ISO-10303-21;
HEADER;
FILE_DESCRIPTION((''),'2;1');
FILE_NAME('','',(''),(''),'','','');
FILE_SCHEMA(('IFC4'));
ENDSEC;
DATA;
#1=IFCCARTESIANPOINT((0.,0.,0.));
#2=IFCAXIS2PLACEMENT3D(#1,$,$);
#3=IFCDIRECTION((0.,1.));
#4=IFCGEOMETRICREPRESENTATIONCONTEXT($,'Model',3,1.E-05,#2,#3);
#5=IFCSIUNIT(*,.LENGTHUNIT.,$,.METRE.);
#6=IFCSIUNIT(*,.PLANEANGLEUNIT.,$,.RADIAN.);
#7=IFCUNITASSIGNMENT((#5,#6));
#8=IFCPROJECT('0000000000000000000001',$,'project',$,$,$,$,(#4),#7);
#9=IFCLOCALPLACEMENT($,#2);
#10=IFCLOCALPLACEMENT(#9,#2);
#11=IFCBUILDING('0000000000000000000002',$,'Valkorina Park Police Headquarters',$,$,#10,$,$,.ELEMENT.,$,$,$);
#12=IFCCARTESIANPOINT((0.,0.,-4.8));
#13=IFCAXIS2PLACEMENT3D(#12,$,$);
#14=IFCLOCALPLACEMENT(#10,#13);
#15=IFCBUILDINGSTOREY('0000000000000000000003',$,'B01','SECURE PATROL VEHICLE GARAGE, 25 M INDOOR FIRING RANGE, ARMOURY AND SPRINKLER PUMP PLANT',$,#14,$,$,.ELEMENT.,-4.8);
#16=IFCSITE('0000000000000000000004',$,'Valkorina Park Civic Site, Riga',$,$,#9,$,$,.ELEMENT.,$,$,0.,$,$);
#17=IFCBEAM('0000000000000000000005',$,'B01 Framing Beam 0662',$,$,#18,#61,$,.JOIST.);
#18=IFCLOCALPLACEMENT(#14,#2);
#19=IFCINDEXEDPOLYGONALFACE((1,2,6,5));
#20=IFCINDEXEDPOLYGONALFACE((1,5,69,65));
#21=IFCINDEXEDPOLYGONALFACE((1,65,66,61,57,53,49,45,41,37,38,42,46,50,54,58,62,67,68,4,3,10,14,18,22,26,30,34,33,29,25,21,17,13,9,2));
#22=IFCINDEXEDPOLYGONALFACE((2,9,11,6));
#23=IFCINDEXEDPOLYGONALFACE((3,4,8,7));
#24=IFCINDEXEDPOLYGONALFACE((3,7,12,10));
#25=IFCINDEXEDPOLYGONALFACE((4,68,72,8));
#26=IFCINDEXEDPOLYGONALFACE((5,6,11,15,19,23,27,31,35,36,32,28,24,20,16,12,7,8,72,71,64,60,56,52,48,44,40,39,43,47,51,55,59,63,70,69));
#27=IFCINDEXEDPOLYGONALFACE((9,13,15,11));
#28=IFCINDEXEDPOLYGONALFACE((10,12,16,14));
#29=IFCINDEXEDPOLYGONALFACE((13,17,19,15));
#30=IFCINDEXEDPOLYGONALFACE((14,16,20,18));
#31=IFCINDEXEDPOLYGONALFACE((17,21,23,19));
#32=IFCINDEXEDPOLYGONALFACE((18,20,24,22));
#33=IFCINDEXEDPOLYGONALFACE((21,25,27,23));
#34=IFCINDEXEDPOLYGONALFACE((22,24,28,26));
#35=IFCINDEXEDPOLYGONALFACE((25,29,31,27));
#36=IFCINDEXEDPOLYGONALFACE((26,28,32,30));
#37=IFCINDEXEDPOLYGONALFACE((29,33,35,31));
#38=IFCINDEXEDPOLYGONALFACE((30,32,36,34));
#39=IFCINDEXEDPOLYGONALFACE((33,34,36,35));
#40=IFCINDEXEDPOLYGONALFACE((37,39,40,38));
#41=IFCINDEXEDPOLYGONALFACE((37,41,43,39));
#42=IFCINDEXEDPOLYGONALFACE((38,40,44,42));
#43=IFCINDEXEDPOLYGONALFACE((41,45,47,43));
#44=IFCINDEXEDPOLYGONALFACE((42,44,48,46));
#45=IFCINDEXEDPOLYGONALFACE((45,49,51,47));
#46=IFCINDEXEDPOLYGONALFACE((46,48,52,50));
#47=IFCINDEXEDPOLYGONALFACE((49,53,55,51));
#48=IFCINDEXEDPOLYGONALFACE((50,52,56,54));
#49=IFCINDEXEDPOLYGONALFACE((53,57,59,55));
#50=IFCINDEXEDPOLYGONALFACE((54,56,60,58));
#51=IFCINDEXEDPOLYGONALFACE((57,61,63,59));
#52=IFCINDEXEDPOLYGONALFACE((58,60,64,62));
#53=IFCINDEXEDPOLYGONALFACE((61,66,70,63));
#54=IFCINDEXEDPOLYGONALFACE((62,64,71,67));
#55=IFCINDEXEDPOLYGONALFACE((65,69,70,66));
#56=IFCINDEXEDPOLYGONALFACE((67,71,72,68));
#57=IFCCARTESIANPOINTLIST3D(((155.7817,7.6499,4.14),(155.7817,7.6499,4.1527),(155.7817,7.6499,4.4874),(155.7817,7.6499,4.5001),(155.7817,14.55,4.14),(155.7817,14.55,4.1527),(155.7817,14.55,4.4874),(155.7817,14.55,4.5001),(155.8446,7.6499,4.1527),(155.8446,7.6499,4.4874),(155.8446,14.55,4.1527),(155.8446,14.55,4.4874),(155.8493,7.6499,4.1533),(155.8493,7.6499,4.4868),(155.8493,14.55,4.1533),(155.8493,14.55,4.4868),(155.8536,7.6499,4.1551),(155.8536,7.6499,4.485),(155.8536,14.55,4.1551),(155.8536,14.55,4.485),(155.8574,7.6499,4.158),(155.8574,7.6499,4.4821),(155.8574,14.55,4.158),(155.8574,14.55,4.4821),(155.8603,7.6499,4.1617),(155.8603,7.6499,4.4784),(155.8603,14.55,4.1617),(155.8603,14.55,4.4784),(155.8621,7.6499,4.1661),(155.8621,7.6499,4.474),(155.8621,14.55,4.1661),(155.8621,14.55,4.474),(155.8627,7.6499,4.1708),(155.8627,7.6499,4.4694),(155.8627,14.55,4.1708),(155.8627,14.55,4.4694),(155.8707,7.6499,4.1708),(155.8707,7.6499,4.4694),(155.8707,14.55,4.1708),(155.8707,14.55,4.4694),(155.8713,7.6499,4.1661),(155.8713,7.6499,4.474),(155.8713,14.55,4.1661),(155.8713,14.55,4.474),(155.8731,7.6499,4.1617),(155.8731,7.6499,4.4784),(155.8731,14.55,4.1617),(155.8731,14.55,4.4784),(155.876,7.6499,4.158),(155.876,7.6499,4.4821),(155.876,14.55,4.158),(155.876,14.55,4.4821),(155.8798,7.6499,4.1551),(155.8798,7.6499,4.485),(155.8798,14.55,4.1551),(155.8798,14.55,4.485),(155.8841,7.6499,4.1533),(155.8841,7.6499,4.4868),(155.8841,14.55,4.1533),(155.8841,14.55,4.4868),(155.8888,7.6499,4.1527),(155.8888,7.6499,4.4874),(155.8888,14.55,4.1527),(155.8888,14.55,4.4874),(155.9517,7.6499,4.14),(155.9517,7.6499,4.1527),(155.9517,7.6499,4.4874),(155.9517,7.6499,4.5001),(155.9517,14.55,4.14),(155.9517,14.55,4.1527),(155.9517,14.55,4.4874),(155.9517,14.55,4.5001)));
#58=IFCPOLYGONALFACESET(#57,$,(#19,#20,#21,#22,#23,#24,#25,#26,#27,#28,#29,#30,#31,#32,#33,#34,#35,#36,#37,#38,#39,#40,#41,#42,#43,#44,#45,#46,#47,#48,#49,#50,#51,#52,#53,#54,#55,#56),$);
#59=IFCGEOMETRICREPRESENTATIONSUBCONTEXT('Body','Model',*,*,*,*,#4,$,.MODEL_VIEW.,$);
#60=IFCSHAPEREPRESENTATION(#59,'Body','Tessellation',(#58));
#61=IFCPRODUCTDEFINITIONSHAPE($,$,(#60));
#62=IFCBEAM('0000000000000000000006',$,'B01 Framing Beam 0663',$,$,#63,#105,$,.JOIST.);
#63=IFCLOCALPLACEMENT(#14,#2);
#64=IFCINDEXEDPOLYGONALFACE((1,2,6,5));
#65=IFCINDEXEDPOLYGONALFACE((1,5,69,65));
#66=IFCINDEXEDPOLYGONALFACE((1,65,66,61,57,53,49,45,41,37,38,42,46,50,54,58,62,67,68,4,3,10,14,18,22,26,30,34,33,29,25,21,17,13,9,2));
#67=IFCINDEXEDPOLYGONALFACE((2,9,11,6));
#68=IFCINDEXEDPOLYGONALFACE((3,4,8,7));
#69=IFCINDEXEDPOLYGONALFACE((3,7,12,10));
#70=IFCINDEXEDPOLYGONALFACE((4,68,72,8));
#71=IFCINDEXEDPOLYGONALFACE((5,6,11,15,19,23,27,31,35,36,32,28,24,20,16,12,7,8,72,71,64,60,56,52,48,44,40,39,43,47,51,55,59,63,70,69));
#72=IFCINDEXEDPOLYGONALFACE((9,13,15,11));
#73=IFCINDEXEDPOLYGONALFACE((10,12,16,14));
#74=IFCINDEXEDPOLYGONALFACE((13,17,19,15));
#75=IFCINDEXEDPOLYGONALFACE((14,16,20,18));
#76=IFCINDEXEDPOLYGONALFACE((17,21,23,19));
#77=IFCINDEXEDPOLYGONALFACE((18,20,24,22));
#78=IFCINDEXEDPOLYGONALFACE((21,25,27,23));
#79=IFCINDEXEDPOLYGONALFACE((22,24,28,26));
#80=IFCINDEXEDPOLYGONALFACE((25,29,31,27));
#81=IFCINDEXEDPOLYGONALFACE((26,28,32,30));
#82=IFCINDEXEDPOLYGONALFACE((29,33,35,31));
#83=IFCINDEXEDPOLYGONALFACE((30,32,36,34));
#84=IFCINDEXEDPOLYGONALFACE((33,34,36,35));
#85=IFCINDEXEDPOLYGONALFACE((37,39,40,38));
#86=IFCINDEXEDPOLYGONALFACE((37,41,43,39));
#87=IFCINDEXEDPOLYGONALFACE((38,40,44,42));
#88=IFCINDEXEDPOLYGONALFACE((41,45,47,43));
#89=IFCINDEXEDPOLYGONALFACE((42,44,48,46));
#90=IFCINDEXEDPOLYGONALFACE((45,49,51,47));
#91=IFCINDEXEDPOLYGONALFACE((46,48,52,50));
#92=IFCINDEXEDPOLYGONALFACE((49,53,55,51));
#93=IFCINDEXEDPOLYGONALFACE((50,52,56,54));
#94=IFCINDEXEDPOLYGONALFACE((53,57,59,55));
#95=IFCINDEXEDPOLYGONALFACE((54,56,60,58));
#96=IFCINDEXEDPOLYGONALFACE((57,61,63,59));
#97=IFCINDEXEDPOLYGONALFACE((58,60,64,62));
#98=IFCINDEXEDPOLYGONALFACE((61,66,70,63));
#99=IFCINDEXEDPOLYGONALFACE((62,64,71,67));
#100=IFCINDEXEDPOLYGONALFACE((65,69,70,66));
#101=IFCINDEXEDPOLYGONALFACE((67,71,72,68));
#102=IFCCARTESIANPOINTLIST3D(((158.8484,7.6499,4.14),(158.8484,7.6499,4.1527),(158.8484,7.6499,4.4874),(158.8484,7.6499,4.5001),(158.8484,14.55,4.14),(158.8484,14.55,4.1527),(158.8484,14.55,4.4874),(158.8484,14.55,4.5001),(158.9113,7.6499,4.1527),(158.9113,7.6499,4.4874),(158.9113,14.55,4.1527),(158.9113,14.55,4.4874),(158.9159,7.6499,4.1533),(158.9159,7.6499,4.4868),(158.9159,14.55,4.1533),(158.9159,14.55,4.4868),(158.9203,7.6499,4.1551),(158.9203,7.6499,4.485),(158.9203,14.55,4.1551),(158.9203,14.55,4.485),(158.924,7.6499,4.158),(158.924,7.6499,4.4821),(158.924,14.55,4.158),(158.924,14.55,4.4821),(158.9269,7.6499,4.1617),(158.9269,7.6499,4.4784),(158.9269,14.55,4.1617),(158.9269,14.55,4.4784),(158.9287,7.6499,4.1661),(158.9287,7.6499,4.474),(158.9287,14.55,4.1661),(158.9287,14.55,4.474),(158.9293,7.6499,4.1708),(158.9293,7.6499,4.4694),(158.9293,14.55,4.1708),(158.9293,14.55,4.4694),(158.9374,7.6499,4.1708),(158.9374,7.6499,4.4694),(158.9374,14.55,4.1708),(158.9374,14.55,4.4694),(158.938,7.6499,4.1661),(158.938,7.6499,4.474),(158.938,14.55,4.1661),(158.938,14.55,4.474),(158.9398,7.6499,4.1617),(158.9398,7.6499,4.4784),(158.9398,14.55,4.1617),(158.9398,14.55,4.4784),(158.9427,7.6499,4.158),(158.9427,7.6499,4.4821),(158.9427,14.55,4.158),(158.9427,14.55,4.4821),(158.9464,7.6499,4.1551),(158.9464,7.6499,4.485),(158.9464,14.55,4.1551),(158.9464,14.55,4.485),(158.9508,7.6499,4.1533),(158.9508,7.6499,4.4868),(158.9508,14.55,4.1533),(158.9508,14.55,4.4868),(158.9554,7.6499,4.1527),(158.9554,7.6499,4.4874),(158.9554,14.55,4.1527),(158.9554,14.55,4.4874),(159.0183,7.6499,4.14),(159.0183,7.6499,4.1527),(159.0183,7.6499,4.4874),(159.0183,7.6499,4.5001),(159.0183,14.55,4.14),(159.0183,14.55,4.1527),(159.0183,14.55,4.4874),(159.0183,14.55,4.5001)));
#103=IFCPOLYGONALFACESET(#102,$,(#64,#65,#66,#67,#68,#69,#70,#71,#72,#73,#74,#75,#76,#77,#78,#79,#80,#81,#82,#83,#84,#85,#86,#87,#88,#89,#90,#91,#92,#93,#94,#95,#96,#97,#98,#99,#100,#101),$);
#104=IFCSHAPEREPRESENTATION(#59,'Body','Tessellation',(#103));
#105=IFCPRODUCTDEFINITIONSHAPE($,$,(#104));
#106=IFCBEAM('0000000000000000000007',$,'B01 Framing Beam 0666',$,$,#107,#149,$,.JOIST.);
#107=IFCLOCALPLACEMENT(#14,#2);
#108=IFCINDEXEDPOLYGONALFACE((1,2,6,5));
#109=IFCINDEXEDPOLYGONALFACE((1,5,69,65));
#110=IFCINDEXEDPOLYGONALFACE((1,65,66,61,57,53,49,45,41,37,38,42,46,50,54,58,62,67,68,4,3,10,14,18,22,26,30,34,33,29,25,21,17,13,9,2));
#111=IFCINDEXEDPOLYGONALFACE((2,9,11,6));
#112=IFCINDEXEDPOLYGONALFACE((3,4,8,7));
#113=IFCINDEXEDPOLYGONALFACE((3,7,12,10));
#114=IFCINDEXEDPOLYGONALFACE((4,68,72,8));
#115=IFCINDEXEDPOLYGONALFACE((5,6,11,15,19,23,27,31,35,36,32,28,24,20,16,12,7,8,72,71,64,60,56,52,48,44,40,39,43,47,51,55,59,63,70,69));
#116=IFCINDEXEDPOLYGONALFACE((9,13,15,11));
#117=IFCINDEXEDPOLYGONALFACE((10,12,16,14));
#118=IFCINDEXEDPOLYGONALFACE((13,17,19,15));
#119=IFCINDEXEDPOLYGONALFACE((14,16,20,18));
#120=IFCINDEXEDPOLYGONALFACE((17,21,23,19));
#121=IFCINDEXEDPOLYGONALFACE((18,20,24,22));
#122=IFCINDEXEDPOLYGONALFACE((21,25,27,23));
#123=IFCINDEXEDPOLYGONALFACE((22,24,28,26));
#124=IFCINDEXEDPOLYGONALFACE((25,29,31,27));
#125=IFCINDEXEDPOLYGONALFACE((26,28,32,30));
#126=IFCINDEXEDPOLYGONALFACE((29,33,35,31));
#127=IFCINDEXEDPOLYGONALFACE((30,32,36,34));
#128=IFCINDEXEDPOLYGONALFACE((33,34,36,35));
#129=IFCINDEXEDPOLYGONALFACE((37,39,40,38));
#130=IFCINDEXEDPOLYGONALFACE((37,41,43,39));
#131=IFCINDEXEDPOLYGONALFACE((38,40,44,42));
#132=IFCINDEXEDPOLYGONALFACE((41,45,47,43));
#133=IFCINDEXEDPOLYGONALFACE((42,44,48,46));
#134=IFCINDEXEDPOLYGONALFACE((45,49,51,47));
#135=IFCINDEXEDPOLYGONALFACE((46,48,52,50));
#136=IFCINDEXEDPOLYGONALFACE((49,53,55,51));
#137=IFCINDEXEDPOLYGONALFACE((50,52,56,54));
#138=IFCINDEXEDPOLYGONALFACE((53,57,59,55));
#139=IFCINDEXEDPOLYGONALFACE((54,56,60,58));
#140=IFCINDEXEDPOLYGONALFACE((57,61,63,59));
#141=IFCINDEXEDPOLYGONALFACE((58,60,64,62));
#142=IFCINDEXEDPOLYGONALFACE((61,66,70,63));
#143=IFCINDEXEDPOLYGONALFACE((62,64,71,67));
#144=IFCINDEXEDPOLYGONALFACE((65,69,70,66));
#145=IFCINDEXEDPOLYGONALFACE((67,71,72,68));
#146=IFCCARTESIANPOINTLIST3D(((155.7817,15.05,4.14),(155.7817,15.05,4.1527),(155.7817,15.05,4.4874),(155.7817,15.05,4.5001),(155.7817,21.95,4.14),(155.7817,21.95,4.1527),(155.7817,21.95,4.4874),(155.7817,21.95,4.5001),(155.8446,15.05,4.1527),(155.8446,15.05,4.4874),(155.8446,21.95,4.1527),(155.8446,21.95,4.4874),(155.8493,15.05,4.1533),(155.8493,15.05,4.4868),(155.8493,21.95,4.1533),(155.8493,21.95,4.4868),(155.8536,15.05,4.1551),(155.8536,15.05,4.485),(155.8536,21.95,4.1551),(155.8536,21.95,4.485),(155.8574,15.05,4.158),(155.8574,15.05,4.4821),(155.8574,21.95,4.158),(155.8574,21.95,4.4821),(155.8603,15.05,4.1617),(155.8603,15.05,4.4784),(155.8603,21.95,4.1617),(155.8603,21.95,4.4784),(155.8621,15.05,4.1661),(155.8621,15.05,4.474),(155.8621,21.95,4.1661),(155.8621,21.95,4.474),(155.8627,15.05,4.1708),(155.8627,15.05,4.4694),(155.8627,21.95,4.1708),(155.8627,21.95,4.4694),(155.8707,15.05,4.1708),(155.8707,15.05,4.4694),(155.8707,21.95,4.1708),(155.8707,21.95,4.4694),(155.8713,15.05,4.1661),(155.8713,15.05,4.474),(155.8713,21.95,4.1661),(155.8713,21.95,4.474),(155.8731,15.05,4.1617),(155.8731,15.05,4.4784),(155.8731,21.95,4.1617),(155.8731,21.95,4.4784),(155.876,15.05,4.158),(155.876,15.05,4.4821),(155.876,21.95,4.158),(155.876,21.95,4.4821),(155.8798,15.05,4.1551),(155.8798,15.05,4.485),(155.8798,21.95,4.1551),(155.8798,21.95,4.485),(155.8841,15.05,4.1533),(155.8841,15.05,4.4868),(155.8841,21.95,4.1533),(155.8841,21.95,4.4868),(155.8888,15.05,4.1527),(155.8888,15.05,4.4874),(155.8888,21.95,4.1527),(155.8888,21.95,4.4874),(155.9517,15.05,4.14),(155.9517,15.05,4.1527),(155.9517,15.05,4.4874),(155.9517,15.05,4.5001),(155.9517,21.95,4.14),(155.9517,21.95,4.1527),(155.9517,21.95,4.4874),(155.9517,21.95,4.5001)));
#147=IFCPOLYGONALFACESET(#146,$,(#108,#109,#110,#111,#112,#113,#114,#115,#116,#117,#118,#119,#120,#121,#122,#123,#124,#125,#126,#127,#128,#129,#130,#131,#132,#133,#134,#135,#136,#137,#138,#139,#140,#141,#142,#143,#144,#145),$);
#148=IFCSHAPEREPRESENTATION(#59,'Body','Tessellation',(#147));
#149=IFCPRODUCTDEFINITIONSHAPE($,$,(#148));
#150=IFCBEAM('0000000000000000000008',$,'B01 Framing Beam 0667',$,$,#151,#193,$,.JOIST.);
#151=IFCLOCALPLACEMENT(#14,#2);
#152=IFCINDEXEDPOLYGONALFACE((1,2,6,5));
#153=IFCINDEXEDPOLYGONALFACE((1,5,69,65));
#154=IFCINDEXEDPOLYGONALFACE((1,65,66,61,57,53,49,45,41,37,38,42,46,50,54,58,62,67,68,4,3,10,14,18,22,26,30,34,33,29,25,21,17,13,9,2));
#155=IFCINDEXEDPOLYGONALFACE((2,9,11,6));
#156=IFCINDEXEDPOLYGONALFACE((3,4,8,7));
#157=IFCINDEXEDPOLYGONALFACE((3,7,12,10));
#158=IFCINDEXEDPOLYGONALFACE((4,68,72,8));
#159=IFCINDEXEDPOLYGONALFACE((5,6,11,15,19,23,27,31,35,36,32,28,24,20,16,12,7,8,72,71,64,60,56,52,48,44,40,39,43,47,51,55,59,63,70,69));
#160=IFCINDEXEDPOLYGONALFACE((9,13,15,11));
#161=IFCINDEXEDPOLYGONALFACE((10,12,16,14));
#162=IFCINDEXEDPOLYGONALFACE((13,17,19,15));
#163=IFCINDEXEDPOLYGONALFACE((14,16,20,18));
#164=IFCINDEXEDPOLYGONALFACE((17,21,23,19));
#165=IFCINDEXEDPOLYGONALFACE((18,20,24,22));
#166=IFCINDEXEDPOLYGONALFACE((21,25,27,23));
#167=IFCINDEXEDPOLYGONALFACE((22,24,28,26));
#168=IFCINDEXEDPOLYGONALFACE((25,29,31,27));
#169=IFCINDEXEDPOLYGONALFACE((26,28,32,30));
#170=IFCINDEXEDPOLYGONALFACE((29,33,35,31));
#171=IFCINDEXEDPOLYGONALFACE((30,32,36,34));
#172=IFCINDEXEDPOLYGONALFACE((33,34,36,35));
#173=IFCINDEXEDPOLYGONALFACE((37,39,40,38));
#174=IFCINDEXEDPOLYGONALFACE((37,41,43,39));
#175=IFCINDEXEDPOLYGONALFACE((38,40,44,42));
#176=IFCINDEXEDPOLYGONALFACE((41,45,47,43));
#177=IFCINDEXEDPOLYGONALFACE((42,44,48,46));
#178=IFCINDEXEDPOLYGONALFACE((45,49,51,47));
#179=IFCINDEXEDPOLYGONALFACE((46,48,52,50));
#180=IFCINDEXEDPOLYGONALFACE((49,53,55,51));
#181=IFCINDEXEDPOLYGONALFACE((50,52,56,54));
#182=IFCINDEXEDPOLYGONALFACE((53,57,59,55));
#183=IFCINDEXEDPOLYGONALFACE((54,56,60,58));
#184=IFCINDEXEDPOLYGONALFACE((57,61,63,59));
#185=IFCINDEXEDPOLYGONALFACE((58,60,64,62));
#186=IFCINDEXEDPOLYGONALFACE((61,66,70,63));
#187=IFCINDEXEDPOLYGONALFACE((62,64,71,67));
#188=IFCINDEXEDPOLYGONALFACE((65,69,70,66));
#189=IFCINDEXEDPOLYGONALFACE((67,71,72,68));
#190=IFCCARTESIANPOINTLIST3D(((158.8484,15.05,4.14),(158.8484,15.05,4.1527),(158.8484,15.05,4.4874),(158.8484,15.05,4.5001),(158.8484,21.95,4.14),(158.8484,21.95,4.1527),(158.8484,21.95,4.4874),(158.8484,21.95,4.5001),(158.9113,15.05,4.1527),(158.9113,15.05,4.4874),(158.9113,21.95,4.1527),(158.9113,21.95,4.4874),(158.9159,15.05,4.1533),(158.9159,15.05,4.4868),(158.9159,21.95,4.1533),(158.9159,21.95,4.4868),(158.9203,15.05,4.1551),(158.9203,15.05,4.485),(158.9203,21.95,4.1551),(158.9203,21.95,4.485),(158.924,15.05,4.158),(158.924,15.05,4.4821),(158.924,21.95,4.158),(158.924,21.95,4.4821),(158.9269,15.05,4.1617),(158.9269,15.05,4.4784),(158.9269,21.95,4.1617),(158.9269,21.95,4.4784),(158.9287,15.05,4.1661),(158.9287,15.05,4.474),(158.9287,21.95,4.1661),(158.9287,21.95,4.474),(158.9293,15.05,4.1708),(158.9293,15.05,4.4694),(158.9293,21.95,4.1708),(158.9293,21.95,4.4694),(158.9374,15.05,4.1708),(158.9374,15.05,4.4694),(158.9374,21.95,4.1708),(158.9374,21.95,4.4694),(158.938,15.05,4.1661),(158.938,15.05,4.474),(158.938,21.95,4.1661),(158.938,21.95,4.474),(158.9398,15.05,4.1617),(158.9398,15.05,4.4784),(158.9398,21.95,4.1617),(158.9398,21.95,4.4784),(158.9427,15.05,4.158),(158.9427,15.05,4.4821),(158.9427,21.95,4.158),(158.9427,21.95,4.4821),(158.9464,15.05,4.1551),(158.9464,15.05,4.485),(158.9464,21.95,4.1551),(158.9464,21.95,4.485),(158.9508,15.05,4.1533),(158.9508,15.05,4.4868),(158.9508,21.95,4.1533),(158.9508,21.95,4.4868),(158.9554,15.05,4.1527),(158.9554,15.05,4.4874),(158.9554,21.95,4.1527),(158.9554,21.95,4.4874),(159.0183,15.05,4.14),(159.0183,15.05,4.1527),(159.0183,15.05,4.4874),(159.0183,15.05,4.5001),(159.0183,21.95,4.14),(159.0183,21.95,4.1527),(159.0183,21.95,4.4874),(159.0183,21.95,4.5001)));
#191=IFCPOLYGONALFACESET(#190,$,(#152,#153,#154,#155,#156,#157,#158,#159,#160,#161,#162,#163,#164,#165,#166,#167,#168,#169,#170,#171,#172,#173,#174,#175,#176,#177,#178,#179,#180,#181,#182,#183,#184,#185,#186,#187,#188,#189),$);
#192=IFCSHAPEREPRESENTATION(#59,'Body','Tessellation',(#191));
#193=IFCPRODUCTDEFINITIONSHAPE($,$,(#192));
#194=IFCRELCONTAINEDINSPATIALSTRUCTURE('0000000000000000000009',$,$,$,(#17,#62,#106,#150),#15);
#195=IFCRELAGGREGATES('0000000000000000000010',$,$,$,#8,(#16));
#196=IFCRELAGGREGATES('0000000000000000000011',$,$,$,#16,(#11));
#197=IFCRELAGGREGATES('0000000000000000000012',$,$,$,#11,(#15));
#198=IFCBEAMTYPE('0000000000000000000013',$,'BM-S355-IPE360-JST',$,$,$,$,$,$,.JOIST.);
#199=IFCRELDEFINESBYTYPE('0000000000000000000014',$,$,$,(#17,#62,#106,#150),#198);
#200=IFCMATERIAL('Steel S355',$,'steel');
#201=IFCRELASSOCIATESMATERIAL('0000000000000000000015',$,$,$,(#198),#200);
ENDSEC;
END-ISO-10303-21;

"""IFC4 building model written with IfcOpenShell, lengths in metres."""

from ifc_helpers import new_model, si_unit, direction, frame, origin, origin_2d, place, context, subcontext, project, spatial, i_section, extrude, material, material_profile, profile_set, type_object, element, save


model = new_model("IFC4")

# Units and contexts
model_context = context("Model", 3, precision=1e-05, world=origin(), true_north=direction((0.0, 1.0)))
body_context = subcontext(model_context, "Body", "Model", "MODEL_VIEW")
ifc_project = project(units=[si_unit("LENGTHUNIT", "METRE"), si_unit("PLANEANGLEUNIT", "RADIAN")], contexts=[model_context])

# Site, building, storey
site_placement = place(None, origin())
site = spatial("IfcSite", under=ifc_project, at=site_placement, Name="Valkorina Park Civic Site, Riga", CompositionType="ELEMENT", RefElevation=0.0)
building_placement = place(site_placement, origin())
building = spatial("IfcBuilding", under=site, at=building_placement, Name="Valkorina Park Police Headquarters", CompositionType="ELEMENT")
storey_placement = place(building_placement, frame((0.0, 0.0, -4.8)))
storey = spatial("IfcBuildingStorey", under=building, at=storey_placement, Name="B01", Description="SECURE PATROL VEHICLE GARAGE, 25 M INDOOR FIRING RANGE, ARMOURY AND SPRINKLER PUMP PLANT", CompositionType="ELEMENT", Elevation=-4.8)

# Beams
ifc_material_1 = material(Name="Steel S355", Category="steel")
ifc_material_profile_1 = material_profile(ifc_material_1, i_section(OverallWidth=0.1699, OverallDepth=0.3601, WebThickness=0.0081, FlangeThickness=0.0127, FilletRadius=0.0181, at=origin_2d()), Name="IPE 360")
ifc_profile_set_1 = profile_set([ifc_material_profile_1], Name="Steel S355")
beam_type_1 = type_object("IfcBeamType", Name="BM-S355-IPE360-JST", PredefinedType="JOIST", material=ifc_profile_set_1)
for number, where, z_axis, x_axis, name in (
    (1, (155.8667, 7.6499, 4.3201), (0.0, 1.0, 0.0), (-1.0, 0.0, 0.0), "B01 Framing Beam 0662"),
    (2, (158.9333, 7.6499, 4.3201), (0.0, 1.0, 0.0), (-1.0, 0.0, 0.0), "B01 Framing Beam 0663"),
):
    element("IfcBeam", number, at=place(storey_placement, frame(where, z_axis=z_axis, x_axis=x_axis)), inside=storey, type_object=beam_type_1, Name=name, PredefinedType="JOIST", context=body_context, shape_type="SweptSolid", body=[
        extrude(i_section(OverallWidth=0.1699, OverallDepth=0.3601, WebThickness=0.0081, FlangeThickness=0.0127, FilletRadius=0.0181, at=origin_2d()), origin(), (0.0, 0.0, 1.0), 6.9001),
    ])
for number, where, z_axis, x_axis, name in (
    (3, (155.8667, 15.05, 4.3201), (0.0, 1.0, 0.0), (-1.0, 0.0, 0.0), "B01 Framing Beam 0666"),
    (4, (158.9333, 15.05, 4.3201), (0.0, 1.0, 0.0), (-1.0, 0.0, 0.0), "B01 Framing Beam 0667"),
):
    element("IfcBeam", number, at=place(storey_placement, frame(where, z_axis=z_axis, x_axis=x_axis)), inside=storey, type_object=beam_type_1, Name=name, PredefinedType="JOIST", context=body_context, shape_type="SweptSolid", body=[
        extrude(i_section(OverallWidth=0.1699, OverallDepth=0.3601, WebThickness=0.0081, FlangeThickness=0.0127, FilletRadius=0.0181, at=origin_2d()), origin(), (0.0, 0.0, 1.0), 6.8999),
    ])

save(model, "model.ifc")
